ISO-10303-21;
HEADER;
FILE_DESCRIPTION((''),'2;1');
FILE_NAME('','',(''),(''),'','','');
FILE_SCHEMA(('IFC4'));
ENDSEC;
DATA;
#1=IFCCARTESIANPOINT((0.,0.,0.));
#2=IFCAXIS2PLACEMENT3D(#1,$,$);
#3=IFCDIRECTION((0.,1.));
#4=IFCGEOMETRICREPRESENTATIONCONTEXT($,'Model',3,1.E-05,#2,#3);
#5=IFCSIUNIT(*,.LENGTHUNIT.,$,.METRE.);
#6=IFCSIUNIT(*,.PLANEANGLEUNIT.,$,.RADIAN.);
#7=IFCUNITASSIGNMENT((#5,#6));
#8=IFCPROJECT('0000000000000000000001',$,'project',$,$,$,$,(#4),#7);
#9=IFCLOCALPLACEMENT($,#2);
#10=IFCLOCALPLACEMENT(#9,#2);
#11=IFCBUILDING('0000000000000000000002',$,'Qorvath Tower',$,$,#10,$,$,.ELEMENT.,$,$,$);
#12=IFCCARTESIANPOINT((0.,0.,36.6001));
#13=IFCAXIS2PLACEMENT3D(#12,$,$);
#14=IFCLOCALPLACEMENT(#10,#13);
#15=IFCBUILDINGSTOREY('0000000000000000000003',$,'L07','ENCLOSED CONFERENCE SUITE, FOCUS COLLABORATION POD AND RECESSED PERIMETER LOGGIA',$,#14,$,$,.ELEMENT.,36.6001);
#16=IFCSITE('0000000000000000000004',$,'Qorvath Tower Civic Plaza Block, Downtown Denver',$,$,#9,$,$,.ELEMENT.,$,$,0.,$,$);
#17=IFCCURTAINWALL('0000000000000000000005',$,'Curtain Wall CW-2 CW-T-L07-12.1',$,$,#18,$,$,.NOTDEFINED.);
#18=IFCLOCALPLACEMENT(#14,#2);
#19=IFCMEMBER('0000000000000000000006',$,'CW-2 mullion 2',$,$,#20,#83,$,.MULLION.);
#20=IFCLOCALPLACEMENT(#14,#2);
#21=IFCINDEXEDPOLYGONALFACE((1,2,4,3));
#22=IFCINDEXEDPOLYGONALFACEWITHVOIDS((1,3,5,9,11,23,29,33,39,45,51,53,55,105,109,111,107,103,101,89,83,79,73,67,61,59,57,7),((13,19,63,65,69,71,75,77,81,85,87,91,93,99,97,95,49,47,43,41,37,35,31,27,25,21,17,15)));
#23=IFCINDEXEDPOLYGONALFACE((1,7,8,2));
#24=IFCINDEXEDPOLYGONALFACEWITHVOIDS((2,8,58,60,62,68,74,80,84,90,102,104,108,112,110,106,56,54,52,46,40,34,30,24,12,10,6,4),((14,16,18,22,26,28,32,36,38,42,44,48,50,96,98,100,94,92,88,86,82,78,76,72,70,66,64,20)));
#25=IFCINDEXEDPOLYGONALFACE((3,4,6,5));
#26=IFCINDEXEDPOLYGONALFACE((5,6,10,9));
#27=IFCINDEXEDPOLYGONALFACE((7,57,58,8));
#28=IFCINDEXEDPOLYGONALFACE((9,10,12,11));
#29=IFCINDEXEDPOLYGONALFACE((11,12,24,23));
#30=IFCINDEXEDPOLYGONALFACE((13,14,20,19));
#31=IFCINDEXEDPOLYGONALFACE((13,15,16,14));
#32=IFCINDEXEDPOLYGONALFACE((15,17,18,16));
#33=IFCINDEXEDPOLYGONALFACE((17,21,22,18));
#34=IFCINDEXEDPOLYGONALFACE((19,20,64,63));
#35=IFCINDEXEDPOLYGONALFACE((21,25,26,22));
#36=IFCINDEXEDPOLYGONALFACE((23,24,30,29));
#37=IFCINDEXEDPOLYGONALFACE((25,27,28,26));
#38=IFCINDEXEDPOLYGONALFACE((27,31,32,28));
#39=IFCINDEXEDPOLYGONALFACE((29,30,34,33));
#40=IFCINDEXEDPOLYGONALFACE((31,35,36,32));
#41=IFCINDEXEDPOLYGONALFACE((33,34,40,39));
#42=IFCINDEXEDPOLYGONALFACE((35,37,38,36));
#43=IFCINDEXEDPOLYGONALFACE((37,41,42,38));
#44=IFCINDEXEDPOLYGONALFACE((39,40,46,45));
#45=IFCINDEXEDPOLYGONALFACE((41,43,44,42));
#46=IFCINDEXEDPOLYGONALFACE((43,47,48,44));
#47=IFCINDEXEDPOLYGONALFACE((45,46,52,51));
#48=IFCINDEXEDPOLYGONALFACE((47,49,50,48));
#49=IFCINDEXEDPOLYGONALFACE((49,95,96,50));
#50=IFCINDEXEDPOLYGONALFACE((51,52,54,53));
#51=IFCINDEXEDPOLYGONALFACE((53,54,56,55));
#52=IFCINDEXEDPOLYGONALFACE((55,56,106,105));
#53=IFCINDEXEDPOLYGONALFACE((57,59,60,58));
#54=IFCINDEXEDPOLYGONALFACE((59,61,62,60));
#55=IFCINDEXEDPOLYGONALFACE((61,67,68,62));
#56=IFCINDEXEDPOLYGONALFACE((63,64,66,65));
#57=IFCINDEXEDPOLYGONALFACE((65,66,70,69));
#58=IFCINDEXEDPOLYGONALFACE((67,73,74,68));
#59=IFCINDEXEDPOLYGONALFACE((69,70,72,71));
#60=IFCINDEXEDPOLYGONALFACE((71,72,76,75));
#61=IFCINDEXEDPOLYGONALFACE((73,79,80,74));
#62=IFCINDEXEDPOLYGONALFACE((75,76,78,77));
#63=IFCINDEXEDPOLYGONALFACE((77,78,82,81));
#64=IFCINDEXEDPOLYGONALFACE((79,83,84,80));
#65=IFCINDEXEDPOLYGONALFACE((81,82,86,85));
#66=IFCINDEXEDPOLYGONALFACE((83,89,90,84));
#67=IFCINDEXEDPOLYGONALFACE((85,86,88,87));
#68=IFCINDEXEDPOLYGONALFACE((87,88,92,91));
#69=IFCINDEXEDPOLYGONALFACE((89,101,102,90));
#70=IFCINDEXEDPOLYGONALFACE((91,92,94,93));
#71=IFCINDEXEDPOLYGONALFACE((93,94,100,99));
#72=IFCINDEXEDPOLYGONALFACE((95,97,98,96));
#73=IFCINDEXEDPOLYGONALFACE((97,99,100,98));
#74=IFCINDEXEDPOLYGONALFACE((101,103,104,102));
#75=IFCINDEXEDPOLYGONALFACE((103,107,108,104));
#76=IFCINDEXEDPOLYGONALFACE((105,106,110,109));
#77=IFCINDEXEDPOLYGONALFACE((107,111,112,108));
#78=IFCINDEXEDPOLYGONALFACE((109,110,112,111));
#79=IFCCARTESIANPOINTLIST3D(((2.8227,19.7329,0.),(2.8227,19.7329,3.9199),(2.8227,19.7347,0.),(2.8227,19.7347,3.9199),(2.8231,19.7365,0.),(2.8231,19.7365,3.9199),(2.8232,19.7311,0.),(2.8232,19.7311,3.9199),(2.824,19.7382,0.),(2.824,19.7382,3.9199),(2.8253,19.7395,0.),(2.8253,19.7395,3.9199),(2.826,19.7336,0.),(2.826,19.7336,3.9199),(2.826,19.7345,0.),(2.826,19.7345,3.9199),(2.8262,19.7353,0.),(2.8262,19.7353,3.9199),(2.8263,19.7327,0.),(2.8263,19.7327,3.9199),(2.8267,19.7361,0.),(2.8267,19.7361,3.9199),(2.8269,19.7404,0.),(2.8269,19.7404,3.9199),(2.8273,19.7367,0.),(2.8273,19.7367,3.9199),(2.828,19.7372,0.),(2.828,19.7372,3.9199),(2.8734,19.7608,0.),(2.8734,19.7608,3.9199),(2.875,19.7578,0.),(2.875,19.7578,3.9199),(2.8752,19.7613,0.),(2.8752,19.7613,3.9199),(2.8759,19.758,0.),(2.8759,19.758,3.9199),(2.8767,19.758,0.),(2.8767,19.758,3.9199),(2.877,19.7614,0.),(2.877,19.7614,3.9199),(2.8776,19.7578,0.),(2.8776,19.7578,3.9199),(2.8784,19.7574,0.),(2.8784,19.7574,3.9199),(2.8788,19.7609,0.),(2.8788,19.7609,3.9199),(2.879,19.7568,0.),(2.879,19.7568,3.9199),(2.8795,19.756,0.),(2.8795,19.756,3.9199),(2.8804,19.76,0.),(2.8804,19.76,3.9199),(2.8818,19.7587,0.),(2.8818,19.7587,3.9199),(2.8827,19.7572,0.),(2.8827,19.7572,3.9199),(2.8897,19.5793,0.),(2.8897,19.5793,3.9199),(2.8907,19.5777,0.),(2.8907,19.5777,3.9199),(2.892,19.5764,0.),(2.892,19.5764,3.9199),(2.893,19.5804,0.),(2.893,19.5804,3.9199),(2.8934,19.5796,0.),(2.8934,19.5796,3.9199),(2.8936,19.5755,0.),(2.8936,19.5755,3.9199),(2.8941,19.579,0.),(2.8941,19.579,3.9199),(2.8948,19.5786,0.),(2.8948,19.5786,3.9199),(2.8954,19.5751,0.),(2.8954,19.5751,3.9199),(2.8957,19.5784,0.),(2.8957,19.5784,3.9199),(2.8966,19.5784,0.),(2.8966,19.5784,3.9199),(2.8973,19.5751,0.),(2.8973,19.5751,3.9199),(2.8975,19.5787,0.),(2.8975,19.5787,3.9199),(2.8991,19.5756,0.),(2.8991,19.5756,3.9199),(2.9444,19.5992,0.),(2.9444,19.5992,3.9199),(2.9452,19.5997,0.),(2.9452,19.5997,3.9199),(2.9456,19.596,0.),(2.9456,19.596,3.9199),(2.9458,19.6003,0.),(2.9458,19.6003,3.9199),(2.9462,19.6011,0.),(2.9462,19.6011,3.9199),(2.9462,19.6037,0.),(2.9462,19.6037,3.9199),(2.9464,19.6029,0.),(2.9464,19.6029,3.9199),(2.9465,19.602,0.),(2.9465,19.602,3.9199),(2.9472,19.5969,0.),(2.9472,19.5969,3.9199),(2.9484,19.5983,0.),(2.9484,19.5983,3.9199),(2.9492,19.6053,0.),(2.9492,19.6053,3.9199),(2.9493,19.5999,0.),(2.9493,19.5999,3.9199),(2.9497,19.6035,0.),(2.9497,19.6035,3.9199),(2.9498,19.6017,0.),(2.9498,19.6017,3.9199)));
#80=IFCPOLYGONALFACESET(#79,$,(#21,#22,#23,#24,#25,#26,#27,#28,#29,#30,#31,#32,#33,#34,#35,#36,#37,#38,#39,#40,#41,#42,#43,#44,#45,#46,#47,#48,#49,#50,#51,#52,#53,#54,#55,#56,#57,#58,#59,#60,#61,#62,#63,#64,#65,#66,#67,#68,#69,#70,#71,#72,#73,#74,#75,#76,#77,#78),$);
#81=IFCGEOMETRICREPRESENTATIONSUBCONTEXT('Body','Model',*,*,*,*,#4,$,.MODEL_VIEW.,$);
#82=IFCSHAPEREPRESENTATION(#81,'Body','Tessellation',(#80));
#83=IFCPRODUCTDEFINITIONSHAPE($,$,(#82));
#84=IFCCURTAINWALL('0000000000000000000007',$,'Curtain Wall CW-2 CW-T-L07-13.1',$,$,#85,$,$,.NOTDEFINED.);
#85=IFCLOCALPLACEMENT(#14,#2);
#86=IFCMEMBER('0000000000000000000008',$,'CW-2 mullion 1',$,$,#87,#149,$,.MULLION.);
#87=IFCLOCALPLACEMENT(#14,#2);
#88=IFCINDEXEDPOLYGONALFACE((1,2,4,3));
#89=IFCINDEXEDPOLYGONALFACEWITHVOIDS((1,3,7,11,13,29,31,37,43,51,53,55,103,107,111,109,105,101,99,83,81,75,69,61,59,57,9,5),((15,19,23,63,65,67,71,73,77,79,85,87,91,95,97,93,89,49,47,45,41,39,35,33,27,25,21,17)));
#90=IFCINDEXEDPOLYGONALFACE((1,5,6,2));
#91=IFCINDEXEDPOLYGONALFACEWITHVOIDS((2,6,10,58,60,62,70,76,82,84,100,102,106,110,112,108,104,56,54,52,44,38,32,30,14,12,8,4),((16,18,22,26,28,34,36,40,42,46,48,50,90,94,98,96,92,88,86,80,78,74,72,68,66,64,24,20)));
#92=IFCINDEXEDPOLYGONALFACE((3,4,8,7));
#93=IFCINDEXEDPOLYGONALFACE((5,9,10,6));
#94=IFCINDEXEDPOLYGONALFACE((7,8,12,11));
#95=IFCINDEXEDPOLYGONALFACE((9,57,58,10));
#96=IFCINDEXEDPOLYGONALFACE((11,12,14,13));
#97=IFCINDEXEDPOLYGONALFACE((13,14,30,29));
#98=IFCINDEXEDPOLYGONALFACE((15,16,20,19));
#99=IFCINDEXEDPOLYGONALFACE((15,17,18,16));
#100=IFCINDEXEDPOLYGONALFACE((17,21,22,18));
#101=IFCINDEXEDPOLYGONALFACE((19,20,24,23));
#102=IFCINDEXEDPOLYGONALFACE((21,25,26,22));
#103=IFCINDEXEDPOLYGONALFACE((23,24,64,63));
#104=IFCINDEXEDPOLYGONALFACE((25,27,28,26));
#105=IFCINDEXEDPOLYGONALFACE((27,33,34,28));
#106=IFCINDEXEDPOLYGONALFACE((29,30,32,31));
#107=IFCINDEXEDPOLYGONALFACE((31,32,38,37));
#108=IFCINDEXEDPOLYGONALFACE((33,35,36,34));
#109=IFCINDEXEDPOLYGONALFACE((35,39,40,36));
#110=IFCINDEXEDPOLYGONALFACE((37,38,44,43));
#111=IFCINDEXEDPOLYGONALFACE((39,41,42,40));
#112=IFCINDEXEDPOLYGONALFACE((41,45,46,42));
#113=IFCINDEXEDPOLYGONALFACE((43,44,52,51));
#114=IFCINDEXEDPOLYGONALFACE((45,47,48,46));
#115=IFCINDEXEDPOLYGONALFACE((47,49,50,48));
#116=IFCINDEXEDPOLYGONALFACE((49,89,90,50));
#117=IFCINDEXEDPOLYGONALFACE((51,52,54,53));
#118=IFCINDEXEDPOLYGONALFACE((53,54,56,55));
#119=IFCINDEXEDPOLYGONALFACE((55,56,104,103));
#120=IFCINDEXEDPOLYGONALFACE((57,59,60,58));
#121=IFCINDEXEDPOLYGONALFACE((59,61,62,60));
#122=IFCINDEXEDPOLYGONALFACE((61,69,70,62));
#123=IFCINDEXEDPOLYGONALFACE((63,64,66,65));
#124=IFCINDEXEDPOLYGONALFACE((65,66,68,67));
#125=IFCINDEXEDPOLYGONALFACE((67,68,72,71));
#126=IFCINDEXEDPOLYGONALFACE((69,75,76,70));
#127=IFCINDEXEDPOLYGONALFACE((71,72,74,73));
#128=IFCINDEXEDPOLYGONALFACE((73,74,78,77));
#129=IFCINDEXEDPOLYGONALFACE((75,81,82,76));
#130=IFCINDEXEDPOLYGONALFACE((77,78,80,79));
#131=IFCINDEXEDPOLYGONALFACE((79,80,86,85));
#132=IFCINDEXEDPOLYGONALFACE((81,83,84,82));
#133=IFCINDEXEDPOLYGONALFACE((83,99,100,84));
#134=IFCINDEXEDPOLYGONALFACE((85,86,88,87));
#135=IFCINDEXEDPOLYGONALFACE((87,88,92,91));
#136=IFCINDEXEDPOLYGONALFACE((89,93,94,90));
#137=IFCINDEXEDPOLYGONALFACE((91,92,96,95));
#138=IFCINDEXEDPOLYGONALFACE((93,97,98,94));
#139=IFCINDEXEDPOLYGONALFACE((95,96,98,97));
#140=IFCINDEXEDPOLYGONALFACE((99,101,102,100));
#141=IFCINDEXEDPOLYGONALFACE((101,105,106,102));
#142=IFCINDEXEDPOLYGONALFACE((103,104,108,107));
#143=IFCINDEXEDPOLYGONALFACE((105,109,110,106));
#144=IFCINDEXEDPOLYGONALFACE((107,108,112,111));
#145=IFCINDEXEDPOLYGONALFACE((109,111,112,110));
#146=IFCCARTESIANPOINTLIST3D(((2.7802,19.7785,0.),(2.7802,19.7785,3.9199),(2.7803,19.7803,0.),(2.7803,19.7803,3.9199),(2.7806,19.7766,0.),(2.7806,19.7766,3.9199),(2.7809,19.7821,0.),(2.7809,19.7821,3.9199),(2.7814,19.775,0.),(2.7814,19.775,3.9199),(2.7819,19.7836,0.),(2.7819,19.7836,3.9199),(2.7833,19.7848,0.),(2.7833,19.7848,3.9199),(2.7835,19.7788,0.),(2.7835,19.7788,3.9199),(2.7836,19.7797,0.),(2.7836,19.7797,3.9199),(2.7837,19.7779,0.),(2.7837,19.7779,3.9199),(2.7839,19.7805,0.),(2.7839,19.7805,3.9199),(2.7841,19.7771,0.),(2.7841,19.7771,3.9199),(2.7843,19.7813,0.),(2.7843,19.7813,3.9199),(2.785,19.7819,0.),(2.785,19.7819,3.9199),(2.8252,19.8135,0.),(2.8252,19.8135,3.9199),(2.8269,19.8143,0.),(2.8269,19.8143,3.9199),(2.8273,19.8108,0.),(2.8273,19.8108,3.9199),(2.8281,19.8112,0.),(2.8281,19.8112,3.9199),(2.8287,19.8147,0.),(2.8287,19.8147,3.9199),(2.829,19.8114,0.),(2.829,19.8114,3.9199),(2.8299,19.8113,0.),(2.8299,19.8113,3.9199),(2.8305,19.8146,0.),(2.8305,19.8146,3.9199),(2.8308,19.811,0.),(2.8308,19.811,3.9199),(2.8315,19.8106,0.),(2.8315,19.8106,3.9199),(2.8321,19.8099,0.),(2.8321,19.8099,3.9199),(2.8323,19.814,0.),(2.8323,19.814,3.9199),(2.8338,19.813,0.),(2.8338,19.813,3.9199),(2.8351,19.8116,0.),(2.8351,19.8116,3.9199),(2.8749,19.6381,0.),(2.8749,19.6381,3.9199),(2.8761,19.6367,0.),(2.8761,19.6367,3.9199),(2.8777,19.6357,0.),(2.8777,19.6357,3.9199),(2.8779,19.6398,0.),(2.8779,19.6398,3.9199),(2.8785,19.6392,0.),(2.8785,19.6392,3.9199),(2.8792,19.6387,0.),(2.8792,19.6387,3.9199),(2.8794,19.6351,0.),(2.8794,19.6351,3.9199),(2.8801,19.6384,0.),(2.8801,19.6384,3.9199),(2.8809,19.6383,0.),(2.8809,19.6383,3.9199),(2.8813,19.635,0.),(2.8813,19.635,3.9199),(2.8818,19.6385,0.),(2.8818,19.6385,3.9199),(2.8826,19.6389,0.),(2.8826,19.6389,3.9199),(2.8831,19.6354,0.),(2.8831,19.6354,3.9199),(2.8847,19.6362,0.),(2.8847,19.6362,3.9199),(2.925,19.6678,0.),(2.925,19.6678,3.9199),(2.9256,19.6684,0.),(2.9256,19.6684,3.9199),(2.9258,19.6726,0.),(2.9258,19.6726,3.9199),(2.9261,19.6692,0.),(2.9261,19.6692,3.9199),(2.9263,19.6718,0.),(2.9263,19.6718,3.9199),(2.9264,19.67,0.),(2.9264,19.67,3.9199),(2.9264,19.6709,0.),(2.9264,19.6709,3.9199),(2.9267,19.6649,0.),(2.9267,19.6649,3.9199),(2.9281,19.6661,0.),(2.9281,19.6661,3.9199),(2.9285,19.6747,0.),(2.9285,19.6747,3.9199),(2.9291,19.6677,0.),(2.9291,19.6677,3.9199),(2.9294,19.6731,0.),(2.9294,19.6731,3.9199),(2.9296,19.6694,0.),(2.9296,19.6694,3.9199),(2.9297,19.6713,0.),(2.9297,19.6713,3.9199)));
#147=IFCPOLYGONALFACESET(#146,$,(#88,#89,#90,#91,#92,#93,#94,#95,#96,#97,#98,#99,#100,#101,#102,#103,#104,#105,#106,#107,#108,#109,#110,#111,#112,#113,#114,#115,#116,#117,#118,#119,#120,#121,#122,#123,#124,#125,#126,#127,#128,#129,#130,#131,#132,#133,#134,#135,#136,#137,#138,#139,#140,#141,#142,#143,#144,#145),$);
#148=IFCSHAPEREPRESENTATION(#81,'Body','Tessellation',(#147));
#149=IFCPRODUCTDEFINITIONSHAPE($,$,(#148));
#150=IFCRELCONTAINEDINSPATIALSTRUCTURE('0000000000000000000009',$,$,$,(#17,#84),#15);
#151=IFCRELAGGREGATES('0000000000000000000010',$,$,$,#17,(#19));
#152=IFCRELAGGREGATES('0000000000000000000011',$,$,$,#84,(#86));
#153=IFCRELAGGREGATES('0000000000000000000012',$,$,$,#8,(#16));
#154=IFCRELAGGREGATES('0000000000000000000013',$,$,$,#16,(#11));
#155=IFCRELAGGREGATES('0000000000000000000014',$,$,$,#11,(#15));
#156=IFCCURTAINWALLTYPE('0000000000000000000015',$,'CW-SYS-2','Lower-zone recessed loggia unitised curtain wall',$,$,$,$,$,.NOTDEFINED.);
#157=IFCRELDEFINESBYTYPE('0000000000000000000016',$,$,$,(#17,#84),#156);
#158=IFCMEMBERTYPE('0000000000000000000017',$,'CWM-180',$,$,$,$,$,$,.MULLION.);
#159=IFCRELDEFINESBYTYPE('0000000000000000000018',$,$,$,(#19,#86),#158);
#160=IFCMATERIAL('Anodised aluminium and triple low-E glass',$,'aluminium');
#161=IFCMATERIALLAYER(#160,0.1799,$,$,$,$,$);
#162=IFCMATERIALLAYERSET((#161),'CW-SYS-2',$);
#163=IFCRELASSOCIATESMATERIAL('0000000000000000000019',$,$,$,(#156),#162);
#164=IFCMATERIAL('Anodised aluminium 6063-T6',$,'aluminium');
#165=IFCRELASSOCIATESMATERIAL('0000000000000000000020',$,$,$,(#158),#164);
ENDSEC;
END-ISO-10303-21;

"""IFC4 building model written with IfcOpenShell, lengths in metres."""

from ifc_helpers import new_model, si_unit, direction, frame, origin, origin_2d, place, context, subcontext, project, spatial, hollow_rectangle, extrude, material, layer, layer_set, material_profile, profile_set, type_object, element, aggregate, save


model = new_model("IFC4")

# Units and contexts
model_context = context("Model", 3, precision=1e-05, world=origin(), true_north=direction((0.0, 1.0)))
body_context = subcontext(model_context, "Body", "Model", "MODEL_VIEW")
ifc_project = project(units=[si_unit("LENGTHUNIT", "METRE"), si_unit("PLANEANGLEUNIT", "RADIAN")], contexts=[model_context])

# Site, building, storey
site_placement = place(None, origin())
site = spatial("IfcSite", under=ifc_project, at=site_placement, Name="Qorvath Tower Civic Plaza Block, Downtown Denver", CompositionType="ELEMENT", RefElevation=0.0)
building_placement = place(site_placement, origin())
building = spatial("IfcBuilding", under=site, at=building_placement, Name="Qorvath Tower", CompositionType="ELEMENT")
storey_placement = place(building_placement, frame((0.0, 0.0, 36.6001)))
storey = spatial("IfcBuildingStorey", under=building, at=storey_placement, Name="L07", Description="ENCLOSED CONFERENCE SUITE, FOCUS COLLABORATION POD AND RECESSED PERIMETER LOGGIA", CompositionType="ELEMENT", Elevation=36.6001)

# Shared definitions
ifc_material_1 = material(Name="Anodised aluminium and triple low-E glass", Category="aluminium")
ifc_layer_1 = layer(ifc_material_1, 0.1799)
ifc_layer_set_1 = layer_set([ifc_layer_1], Name="CW-SYS-2")
curtain_wall_type = type_object("IfcCurtainWallType", Name="CW-SYS-2", Description="Lower-zone recessed loggia unitised curtain wall", PredefinedType="NOTDEFINED", material=ifc_layer_set_1)
ifc_material_2 = material(Name="Anodised aluminium 6063-T6", Category="aluminium")
ifc_material_profile_1 = material_profile(ifc_material_2, hollow_rectangle(XDim=0.0649, YDim=0.1799, WallThickness=0.0034, InnerFilletRadius=0.0034, OuterFilletRadius=0.0071, at=origin_2d()), Name="CWM 180x65")
ifc_profile_set_1 = profile_set([ifc_material_profile_1], Name="Anodised aluminium 6063-T6")
member_type_1 = type_object("IfcMemberType", Name="CWM-180", PredefinedType="MULLION", material=ifc_profile_set_1)

# Curtain walls, members
curtain_wall_1_placement = place(storey_placement, origin())
curtain_wall_1 = element("IfcCurtainWall", 1, at=curtain_wall_1_placement, inside=storey, type_object=curtain_wall_type, Name="Curtain Wall CW-2 CW-T-L07-12.1", PredefinedType="NOTDEFINED")
member_1_placement = place(storey_placement, frame((2.8862, 19.6682, 0.0), z_axis=(0.0, 0.0, 1.0), x_axis=(-0.916026, -0.401118, 0.0)))
member_1 = element("IfcMember", 2, at=member_1_placement, type_object=member_type_1, Name="CW-2 mullion 2", PredefinedType="MULLION", context=body_context, shape_type="SweptSolid", body=[
    extrude(hollow_rectangle(XDim=0.0649, YDim=0.1799, WallThickness=0.0034, InnerFilletRadius=0.0034, OuterFilletRadius=0.0071, at=origin_2d()), origin(), (0.0, 0.0, 1.0), 3.9199),
])
curtain_wall_2_placement = place(storey_placement, origin())
curtain_wall_2 = element("IfcCurtainWall", 3, at=curtain_wall_2_placement, inside=storey, type_object=curtain_wall_type, Name="Curtain Wall CW-2 CW-T-L07-13.1", PredefinedType="NOTDEFINED")
member_2_placement = place(storey_placement, frame((2.855, 19.7249, 0.0), z_axis=(0.0, 0.0, 1.0), x_axis=(-0.825864, -0.563869, 0.0)))
member_2 = element("IfcMember", 4, at=member_2_placement, type_object=member_type_1, Name="CW-2 mullion 1", PredefinedType="MULLION", context=body_context, shape_type="SweptSolid", body=[
    extrude(hollow_rectangle(XDim=0.0649, YDim=0.1799, WallThickness=0.0034, InnerFilletRadius=0.0034, OuterFilletRadius=0.0071, at=origin_2d()), origin(), (0.0, 0.0, 1.0), 3.9199),
])

aggregate(curtain_wall_1, [member_1])
aggregate(curtain_wall_2, [member_2])

save(model, "model.ifc")
